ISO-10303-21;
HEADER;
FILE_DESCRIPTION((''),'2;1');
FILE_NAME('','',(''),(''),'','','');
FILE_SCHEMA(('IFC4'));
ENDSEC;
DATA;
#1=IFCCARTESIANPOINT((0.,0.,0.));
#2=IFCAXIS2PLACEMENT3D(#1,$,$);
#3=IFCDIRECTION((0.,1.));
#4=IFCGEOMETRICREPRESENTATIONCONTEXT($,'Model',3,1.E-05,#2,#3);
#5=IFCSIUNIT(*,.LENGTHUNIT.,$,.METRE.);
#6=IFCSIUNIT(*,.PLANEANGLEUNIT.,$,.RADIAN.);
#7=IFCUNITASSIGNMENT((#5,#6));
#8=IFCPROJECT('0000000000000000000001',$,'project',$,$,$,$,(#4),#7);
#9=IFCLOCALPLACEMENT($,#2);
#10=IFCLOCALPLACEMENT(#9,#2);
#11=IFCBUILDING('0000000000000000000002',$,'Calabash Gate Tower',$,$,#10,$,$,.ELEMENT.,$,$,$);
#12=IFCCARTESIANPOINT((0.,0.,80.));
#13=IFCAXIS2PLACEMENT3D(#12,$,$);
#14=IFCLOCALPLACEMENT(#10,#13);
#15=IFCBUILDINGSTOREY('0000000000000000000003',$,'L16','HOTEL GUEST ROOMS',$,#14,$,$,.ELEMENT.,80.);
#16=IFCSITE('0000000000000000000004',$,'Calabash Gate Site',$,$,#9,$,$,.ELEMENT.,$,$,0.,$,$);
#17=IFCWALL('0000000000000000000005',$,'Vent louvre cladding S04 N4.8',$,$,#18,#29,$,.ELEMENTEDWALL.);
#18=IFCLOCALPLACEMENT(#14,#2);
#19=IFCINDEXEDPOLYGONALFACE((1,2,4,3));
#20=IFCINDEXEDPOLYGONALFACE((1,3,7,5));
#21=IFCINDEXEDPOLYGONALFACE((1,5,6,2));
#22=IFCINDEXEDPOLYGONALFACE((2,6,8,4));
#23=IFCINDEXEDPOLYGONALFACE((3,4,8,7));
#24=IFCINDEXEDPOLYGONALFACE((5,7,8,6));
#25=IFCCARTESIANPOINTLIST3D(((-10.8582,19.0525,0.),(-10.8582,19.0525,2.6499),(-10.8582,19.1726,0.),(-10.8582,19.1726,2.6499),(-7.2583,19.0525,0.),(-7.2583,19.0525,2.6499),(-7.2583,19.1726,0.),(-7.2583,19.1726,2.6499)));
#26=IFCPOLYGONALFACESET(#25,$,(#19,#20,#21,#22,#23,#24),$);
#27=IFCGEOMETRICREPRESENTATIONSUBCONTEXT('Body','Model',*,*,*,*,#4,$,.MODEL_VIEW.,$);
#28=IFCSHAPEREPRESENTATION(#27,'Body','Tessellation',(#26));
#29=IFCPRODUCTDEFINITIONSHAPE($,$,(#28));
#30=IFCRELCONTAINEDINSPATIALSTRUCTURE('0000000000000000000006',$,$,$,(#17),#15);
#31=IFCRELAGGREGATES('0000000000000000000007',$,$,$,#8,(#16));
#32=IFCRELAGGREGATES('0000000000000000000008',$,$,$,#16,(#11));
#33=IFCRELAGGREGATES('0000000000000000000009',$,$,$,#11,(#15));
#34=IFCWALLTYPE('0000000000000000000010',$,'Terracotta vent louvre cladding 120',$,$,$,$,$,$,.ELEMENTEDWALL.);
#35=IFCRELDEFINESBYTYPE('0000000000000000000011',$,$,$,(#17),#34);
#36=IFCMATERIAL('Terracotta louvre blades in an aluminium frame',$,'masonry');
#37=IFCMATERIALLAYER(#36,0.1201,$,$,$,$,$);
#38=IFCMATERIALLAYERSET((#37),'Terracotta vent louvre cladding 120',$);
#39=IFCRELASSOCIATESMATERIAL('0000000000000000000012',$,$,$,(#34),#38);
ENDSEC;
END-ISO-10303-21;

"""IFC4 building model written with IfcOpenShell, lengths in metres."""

from ifc_helpers import new_model, si_unit, direction, frame, origin, place, context, subcontext, project, spatial, polyline, outline, extrude, material, layer, layer_set, type_object, element, save


model = new_model("IFC4")

# Units and contexts
model_context = context("Model", 3, precision=1e-05, world=origin(), true_north=direction((0.0, 1.0)))
body_context = subcontext(model_context, "Body", "Model", "MODEL_VIEW")
ifc_project = project(units=[si_unit("LENGTHUNIT", "METRE"), si_unit("PLANEANGLEUNIT", "RADIAN")], contexts=[model_context])

# Site, building, storey
site_placement = place(None, origin())
site = spatial("IfcSite", under=ifc_project, at=site_placement, Name="Calabash Gate Site", CompositionType="ELEMENT", RefElevation=0.0)
building_placement = place(site_placement, origin())
building = spatial("IfcBuilding", under=site, at=building_placement, Name="Calabash Gate Tower", CompositionType="ELEMENT")
storey_placement = place(building_placement, frame((0.0, 0.0, 80.0)))
storey = spatial("IfcBuildingStorey", under=building, at=storey_placement, Name="L16", Description="HOTEL GUEST ROOMS", CompositionType="ELEMENT", Elevation=80.0)

# Wall
ifc_material_1 = material(Name="Terracotta louvre blades in an aluminium frame", Category="masonry")
ifc_layer_1 = layer(ifc_material_1, 0.1201)
ifc_layer_set_1 = layer_set([ifc_layer_1], Name="Terracotta vent louvre cladding 120")
wall_type_1 = type_object("IfcWallType", Name="Terracotta vent louvre cladding 120", PredefinedType="ELEMENTEDWALL", material=ifc_layer_set_1)
wall_1_placement = place(storey_placement, origin())
element("IfcWall", 1, at=wall_1_placement, inside=storey, type_object=wall_type_1, Name="Vent louvre cladding S04 N4.8", PredefinedType="ELEMENTEDWALL", context=body_context, shape_type="SweptSolid", body=[
    extrude(outline(polyline([(-10.8582, 19.1726), (-10.8582, 19.0525), (-7.2583, 19.0525), (-7.2583, 19.1726), (-10.8582, 19.1726)])), origin(), (0.0, 0.0, 1.0), 2.6499),
])

save(model, "model.ifc")
